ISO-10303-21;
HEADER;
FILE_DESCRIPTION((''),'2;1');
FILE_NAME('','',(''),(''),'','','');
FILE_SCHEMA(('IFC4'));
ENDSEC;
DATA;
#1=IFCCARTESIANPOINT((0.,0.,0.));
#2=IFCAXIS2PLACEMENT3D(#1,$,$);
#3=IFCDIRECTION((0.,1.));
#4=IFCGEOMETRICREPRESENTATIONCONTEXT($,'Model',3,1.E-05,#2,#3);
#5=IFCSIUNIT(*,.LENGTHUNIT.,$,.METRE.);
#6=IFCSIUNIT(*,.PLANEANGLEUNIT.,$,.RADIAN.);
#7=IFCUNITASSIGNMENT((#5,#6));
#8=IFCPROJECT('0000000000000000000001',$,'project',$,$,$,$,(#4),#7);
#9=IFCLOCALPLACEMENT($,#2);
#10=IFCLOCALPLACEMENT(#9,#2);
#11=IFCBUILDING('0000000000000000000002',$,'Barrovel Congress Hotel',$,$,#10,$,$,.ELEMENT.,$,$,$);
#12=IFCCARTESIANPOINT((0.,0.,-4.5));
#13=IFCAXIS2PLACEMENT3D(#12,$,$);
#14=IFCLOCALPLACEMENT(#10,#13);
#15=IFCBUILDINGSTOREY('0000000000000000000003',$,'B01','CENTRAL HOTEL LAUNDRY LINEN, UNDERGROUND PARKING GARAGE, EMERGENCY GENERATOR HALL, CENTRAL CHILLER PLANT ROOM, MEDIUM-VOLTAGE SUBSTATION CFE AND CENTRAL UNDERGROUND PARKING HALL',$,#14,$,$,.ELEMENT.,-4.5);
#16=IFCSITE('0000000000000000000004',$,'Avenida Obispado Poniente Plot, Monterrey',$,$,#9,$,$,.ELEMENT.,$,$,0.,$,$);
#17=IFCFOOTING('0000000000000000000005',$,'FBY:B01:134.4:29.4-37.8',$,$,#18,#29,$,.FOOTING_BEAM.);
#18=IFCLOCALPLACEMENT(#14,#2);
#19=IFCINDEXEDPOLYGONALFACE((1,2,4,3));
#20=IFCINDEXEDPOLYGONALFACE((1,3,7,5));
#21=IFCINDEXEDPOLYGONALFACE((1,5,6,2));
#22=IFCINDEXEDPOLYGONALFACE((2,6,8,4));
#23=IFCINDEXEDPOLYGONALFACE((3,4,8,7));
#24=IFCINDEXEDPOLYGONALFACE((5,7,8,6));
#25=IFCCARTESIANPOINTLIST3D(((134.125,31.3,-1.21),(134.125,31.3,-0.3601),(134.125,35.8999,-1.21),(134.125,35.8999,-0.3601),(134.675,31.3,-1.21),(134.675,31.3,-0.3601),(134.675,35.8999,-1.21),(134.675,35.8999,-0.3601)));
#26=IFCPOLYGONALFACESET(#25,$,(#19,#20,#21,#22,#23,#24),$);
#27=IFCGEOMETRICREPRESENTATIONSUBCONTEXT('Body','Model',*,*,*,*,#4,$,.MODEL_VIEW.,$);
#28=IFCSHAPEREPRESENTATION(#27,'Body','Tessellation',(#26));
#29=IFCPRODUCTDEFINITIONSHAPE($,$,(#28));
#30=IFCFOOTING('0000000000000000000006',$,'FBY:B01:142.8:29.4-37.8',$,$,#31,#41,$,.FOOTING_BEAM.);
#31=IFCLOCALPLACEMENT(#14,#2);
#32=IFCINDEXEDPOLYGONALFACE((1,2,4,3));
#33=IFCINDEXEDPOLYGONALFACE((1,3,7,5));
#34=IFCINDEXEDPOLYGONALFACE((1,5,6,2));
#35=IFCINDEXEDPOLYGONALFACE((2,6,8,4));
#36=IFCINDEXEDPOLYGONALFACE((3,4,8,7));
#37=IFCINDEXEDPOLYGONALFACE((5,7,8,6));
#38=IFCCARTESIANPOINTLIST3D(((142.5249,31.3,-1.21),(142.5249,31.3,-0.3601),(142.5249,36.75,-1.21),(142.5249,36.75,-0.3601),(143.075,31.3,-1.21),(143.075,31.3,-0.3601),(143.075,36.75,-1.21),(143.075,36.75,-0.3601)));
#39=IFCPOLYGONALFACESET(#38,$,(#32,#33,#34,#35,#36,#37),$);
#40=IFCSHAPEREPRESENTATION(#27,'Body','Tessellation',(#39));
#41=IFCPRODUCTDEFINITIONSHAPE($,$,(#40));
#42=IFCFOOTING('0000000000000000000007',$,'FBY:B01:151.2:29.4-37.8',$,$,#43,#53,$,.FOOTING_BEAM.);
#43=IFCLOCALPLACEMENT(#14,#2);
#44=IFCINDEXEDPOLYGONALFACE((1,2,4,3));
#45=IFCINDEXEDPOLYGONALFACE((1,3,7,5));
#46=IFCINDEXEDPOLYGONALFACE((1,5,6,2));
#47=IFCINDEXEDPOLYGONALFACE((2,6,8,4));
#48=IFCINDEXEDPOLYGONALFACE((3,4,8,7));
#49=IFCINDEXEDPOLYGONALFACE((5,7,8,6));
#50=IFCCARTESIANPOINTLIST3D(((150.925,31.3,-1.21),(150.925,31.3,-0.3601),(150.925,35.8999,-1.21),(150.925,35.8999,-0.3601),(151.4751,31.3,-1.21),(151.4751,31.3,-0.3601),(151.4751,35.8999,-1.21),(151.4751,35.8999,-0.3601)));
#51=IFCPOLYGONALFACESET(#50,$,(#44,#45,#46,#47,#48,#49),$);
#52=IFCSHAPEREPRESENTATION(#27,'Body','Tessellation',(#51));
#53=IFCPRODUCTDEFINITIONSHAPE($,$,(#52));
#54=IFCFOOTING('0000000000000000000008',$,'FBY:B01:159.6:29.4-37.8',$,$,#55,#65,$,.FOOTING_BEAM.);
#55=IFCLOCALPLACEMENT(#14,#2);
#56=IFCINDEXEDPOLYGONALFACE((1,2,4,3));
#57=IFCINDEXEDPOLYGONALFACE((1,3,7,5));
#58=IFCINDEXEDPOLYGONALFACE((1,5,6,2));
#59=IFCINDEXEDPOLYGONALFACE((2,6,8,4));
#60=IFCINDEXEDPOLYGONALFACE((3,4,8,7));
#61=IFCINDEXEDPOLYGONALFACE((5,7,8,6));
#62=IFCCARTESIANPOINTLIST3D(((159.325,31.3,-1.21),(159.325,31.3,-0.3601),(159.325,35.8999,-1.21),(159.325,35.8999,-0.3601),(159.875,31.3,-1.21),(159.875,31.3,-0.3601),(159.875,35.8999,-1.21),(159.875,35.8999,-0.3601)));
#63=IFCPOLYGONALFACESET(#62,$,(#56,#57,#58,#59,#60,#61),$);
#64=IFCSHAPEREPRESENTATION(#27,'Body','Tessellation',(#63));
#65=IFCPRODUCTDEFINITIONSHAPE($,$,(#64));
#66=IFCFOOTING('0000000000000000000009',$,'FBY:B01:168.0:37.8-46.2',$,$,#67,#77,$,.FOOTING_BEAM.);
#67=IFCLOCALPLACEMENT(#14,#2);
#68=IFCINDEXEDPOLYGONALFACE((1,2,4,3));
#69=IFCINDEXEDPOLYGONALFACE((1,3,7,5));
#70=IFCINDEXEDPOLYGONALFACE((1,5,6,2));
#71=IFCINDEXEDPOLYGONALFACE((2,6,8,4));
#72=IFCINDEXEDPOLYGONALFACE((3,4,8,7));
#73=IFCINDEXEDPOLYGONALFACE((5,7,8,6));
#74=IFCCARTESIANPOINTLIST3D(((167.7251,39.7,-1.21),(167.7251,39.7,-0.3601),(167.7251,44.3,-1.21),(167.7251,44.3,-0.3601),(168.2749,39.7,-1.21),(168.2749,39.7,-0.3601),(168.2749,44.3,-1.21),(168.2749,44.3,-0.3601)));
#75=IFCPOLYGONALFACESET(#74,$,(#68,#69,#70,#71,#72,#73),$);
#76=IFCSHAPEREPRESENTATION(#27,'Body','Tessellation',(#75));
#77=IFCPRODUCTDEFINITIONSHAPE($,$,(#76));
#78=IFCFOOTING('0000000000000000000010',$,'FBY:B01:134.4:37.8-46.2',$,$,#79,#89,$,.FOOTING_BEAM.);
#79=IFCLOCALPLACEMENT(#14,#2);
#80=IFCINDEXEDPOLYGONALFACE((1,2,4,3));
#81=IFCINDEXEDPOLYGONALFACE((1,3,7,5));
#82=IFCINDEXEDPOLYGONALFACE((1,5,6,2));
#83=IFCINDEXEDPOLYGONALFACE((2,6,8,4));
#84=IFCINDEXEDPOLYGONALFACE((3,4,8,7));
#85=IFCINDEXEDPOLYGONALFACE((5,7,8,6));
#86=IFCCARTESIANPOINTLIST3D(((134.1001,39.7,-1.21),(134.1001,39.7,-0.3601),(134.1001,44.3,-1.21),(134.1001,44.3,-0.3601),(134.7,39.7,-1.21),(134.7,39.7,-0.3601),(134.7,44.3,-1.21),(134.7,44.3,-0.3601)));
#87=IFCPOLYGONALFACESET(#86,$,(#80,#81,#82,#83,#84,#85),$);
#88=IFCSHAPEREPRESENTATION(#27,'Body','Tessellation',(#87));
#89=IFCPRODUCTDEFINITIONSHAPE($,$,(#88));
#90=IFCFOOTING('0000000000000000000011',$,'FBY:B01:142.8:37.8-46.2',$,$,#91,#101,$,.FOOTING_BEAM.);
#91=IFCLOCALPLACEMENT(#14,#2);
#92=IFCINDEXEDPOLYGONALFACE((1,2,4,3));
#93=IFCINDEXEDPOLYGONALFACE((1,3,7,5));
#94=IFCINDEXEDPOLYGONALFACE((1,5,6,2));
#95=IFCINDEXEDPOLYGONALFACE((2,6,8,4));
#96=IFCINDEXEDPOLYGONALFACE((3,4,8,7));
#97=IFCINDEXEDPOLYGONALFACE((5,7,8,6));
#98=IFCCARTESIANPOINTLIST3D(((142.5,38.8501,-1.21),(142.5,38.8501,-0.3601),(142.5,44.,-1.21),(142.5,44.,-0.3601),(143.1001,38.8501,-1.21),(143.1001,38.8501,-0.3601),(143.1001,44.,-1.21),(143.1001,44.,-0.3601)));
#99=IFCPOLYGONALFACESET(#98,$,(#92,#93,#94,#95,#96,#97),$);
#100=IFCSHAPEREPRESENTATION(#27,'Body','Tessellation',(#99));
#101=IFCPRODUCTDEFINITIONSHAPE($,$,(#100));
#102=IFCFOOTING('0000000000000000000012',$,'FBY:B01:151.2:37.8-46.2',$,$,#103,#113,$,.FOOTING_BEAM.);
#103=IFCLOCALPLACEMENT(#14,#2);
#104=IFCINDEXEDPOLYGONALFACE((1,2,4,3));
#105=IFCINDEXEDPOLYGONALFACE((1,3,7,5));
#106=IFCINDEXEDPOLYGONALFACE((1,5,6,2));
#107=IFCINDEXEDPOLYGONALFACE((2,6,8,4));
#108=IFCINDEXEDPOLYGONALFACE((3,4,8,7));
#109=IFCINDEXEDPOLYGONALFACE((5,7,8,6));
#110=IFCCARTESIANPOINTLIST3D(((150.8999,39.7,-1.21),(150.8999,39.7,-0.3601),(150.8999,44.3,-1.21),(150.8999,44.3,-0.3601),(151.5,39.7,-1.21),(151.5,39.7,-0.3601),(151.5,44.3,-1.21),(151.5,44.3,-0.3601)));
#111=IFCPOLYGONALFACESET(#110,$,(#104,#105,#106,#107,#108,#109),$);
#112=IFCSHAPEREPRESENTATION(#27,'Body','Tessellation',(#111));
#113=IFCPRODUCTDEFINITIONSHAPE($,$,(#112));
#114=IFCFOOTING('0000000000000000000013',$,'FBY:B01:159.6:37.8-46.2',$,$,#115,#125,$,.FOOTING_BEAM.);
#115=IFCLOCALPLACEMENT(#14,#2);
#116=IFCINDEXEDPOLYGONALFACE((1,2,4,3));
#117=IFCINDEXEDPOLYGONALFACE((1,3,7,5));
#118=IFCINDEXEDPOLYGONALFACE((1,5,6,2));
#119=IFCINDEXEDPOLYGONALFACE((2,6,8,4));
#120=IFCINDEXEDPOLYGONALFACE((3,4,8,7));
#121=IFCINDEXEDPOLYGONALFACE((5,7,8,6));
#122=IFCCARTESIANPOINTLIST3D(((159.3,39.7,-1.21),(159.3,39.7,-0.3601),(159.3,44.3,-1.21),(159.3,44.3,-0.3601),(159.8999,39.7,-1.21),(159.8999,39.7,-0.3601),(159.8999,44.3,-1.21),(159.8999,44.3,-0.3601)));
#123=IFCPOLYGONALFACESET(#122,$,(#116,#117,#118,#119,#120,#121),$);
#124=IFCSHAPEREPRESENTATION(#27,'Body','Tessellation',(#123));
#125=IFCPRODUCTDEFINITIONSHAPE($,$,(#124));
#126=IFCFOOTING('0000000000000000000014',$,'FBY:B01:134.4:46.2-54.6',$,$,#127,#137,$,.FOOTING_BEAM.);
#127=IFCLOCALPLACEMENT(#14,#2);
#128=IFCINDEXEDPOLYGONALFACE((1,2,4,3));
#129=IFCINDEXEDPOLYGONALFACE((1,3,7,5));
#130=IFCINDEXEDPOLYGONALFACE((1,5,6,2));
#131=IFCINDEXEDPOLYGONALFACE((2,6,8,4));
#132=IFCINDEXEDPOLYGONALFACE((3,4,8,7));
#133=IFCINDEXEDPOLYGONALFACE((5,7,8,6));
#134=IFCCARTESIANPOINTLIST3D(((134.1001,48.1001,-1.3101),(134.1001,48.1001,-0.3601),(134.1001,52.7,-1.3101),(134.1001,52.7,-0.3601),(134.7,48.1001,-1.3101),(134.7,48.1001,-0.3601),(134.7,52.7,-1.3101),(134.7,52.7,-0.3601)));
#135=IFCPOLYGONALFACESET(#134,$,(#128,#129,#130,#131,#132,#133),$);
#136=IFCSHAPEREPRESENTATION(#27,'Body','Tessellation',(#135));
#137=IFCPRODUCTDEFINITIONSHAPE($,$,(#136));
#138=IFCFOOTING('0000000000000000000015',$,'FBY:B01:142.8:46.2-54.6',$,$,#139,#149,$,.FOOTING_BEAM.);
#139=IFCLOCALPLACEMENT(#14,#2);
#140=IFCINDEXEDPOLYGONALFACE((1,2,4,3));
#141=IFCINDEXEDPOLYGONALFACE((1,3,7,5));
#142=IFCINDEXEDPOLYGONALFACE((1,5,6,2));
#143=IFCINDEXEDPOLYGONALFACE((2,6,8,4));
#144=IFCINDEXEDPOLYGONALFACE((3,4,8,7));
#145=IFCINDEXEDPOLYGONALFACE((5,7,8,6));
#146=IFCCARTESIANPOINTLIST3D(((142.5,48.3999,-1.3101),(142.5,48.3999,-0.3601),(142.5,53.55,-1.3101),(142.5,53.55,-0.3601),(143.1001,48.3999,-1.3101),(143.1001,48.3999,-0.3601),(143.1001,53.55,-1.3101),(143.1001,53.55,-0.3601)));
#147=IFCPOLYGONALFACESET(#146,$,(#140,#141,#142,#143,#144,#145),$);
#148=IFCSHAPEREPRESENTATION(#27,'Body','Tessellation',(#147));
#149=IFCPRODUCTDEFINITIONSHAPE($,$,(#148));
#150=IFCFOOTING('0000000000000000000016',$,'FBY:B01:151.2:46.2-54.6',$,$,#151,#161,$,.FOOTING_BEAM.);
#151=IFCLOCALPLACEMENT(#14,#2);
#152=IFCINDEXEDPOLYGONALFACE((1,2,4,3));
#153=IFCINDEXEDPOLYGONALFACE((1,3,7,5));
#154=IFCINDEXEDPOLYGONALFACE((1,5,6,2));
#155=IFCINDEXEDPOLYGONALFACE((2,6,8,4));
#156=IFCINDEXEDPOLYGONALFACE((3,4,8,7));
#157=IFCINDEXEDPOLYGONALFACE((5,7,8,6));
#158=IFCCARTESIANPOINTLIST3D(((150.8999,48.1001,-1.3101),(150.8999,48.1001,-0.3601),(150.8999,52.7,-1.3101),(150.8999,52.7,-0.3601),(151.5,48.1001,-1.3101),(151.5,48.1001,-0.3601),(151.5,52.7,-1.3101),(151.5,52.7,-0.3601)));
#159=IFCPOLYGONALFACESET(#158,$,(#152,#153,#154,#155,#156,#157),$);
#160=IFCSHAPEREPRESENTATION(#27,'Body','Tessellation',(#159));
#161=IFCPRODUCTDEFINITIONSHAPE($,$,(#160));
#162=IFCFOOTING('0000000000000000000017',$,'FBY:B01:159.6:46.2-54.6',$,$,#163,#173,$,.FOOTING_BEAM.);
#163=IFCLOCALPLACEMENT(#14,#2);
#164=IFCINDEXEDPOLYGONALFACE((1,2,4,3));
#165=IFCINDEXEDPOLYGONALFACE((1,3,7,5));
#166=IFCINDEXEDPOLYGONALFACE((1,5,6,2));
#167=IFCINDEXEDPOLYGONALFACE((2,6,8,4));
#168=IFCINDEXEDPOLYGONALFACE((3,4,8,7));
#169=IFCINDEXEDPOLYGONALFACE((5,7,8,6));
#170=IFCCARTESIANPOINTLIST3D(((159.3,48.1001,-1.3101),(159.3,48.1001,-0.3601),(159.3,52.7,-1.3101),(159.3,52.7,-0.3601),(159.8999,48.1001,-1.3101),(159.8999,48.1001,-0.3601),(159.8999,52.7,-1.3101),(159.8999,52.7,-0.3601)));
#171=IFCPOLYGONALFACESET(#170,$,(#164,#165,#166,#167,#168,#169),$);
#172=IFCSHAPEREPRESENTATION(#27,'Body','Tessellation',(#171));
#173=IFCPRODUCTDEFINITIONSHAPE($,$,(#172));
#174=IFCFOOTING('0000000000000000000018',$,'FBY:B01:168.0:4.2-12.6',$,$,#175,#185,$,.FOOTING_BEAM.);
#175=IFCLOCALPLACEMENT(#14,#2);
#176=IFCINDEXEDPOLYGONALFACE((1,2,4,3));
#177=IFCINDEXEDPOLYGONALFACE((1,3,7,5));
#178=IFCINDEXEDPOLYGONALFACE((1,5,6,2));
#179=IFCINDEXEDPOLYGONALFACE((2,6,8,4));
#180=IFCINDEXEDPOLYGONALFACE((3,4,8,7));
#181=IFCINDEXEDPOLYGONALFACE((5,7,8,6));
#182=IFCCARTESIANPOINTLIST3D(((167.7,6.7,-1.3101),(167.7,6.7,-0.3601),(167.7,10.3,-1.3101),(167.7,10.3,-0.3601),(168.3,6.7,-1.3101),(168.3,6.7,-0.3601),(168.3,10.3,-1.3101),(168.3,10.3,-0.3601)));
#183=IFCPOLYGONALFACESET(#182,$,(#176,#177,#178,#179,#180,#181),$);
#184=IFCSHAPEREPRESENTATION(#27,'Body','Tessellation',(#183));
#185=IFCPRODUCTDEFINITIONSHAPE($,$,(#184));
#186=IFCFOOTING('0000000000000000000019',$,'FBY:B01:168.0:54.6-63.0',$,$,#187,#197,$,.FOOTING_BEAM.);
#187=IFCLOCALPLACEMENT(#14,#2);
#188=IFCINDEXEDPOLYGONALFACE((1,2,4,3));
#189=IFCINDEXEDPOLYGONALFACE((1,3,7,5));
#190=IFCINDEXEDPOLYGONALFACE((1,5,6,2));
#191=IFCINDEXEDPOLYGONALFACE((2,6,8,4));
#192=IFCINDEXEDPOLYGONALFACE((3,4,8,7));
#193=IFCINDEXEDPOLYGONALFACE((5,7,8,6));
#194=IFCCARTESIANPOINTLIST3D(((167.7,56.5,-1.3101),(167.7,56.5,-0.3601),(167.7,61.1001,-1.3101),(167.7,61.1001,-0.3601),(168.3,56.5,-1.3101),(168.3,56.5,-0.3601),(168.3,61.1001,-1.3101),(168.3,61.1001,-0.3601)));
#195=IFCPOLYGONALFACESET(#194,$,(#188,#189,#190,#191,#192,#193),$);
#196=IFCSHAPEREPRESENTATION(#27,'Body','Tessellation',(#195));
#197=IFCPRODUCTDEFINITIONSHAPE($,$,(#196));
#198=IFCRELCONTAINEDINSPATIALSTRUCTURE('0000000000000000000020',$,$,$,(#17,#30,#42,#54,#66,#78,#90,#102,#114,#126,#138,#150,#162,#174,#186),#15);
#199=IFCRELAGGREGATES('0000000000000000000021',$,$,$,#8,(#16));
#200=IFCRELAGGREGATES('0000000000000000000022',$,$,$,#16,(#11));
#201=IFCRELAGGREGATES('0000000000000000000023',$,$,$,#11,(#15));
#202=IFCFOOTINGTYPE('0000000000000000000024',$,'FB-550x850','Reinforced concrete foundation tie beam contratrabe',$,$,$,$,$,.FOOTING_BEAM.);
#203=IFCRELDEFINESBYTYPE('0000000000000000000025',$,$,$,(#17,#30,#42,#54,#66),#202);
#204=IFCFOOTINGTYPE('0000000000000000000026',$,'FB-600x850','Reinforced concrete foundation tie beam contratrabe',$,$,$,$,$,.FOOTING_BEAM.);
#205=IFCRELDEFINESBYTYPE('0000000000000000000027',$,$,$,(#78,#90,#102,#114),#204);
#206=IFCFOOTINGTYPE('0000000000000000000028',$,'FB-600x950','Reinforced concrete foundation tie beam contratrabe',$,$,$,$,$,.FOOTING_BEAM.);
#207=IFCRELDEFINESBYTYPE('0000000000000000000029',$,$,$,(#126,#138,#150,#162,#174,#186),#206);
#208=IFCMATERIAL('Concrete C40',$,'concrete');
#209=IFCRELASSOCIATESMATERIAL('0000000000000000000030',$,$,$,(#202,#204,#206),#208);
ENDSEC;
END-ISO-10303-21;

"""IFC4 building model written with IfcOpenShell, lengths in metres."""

from ifc_helpers import new_model, si_unit, direction, frame, origin, place, context, subcontext, project, spatial, polyline, outline, extrude, material, type_object, element, save


model = new_model("IFC4")

# Units and contexts
model_context = context("Model", 3, precision=1e-05, world=origin(), true_north=direction((0.0, 1.0)))
body_context = subcontext(model_context, "Body", "Model", "MODEL_VIEW")
ifc_project = project(units=[si_unit("LENGTHUNIT", "METRE"), si_unit("PLANEANGLEUNIT", "RADIAN")], contexts=[model_context])

# Site, building, storey
site_placement = place(None, origin())
site = spatial("IfcSite", under=ifc_project, at=site_placement, Name="Avenida Obispado Poniente Plot, Monterrey", CompositionType="ELEMENT", RefElevation=0.0)
building_placement = place(site_placement, origin())
building = spatial("IfcBuilding", under=site, at=building_placement, Name="Barrovel Congress Hotel", CompositionType="ELEMENT")
storey_placement = place(building_placement, frame((0.0, 0.0, -4.5)))
storey = spatial("IfcBuildingStorey", under=building, at=storey_placement, Name="B01", Description="CENTRAL HOTEL LAUNDRY LINEN, UNDERGROUND PARKING GARAGE, EMERGENCY GENERATOR HALL, CENTRAL CHILLER PLANT ROOM, MEDIUM-VOLTAGE SUBSTATION CFE AND CENTRAL UNDERGROUND PARKING HALL", CompositionType="ELEMENT", Elevation=-4.5)

# Footings
ifc_material_1 = material(Name="Concrete C40", Category="concrete")
footing_type_1 = type_object("IfcFootingType", Name="FB-550x850", Description="Reinforced concrete foundation tie beam contratrabe", PredefinedType="FOOTING_BEAM", material=ifc_material_1)
footing_1_placement = place(storey_placement, frame((0.0, 0.0, -1.21)))
element("IfcFooting", 1, at=footing_1_placement, inside=storey, type_object=footing_type_1, Name="FBY:B01:134.4:29.4-37.8", PredefinedType="FOOTING_BEAM", context=body_context, shape_type="SweptSolid", body=[
    extrude(outline(polyline([(134.125, 31.3), (134.675, 31.3), (134.675, 35.8999), (134.125, 35.8999), (134.125, 31.3)])), origin(), (0.0, 0.0, 1.0), 0.8499),
])
footing_2_placement = place(storey_placement, frame((0.0, 0.0, -1.21)))
element("IfcFooting", 2, at=footing_2_placement, inside=storey, type_object=footing_type_1, Name="FBY:B01:142.8:29.4-37.8", PredefinedType="FOOTING_BEAM", context=body_context, shape_type="SweptSolid", body=[
    extrude(outline(polyline([(142.5249, 31.3), (143.075, 31.3), (143.075, 36.75), (142.5249, 36.75), (142.5249, 31.3)])), origin(), (0.0, 0.0, 1.0), 0.8499),
])
footing_3_placement = place(storey_placement, frame((0.0, 0.0, -1.21)))
element("IfcFooting", 3, at=footing_3_placement, inside=storey, type_object=footing_type_1, Name="FBY:B01:151.2:29.4-37.8", PredefinedType="FOOTING_BEAM", context=body_context, shape_type="SweptSolid", body=[
    extrude(outline(polyline([(150.925, 31.3), (151.4751, 31.3), (151.4751, 35.8999), (150.925, 35.8999), (150.925, 31.3)])), origin(), (0.0, 0.0, 1.0), 0.8499),
])
footing_4_placement = place(storey_placement, frame((0.0, 0.0, -1.21)))
element("IfcFooting", 4, at=footing_4_placement, inside=storey, type_object=footing_type_1, Name="FBY:B01:159.6:29.4-37.8", PredefinedType="FOOTING_BEAM", context=body_context, shape_type="SweptSolid", body=[
    extrude(outline(polyline([(159.325, 31.3), (159.875, 31.3), (159.875, 35.8999), (159.325, 35.8999), (159.325, 31.3)])), origin(), (0.0, 0.0, 1.0), 0.8499),
])
footing_5_placement = place(storey_placement, frame((0.0, 0.0, -1.21)))
element("IfcFooting", 5, at=footing_5_placement, inside=storey, type_object=footing_type_1, Name="FBY:B01:168.0:37.8-46.2", PredefinedType="FOOTING_BEAM", context=body_context, shape_type="SweptSolid", body=[
    extrude(outline(polyline([(167.7251, 39.7), (168.2749, 39.7), (168.2749, 44.3), (167.7251, 44.3), (167.7251, 39.7)])), origin(), (0.0, 0.0, 1.0), 0.8499),
])
footing_type_2 = type_object("IfcFootingType", Name="FB-600x850", Description="Reinforced concrete foundation tie beam contratrabe", PredefinedType="FOOTING_BEAM", material=ifc_material_1)
footing_6_placement = place(storey_placement, frame((0.0, 0.0, -1.21)))
element("IfcFooting", 6, at=footing_6_placement, inside=storey, type_object=footing_type_2, Name="FBY:B01:134.4:37.8-46.2", PredefinedType="FOOTING_BEAM", context=body_context, shape_type="SweptSolid", body=[
    extrude(outline(polyline([(134.1001, 39.7), (134.7, 39.7), (134.7, 44.3), (134.1001, 44.3), (134.1001, 39.7)])), origin(), (0.0, 0.0, 1.0), 0.8499),
])
footing_7_placement = place(storey_placement, frame((0.0, 0.0, -1.21)))
element("IfcFooting", 7, at=footing_7_placement, inside=storey, type_object=footing_type_2, Name="FBY:B01:142.8:37.8-46.2", PredefinedType="FOOTING_BEAM", context=body_context, shape_type="SweptSolid", body=[
    extrude(outline(polyline([(142.5, 38.8501), (143.1001, 38.8501), (143.1001, 44.0), (142.5, 44.0), (142.5, 38.8501)])), origin(), (0.0, 0.0, 1.0), 0.8499),
])
footing_8_placement = place(storey_placement, frame((0.0, 0.0, -1.21)))
element("IfcFooting", 8, at=footing_8_placement, inside=storey, type_object=footing_type_2, Name="FBY:B01:151.2:37.8-46.2", PredefinedType="FOOTING_BEAM", context=body_context, shape_type="SweptSolid", body=[
    extrude(outline(polyline([(150.8999, 39.7), (151.5, 39.7), (151.5, 44.3), (150.8999, 44.3), (150.8999, 39.7)])), origin(), (0.0, 0.0, 1.0), 0.8499),
])
footing_9_placement = place(storey_placement, frame((0.0, 0.0, -1.21)))
element("IfcFooting", 9, at=footing_9_placement, inside=storey, type_object=footing_type_2, Name="FBY:B01:159.6:37.8-46.2", PredefinedType="FOOTING_BEAM", context=body_context, shape_type="SweptSolid", body=[
    extrude(outline(polyline([(159.3, 39.7), (159.8999, 39.7), (159.8999, 44.3), (159.3, 44.3), (159.3, 39.7)])), origin(), (0.0, 0.0, 1.0), 0.8499),
])
footing_type_3 = type_object("IfcFootingType", Name="FB-600x950", Description="Reinforced concrete foundation tie beam contratrabe", PredefinedType="FOOTING_BEAM", material=ifc_material_1)
footing_10_placement = place(storey_placement, frame((0.0, 0.0, -1.3101)))
element("IfcFooting", 10, at=footing_10_placement, inside=storey, type_object=footing_type_3, Name="FBY:B01:134.4:46.2-54.6", PredefinedType="FOOTING_BEAM", context=body_context, shape_type="SweptSolid", body=[
    extrude(outline(polyline([(134.1001, 48.1001), (134.7, 48.1001), (134.7, 52.7), (134.1001, 52.7), (134.1001, 48.1001)])), origin(), (0.0, 0.0, 1.0), 0.95),
])
footing_11_placement = place(storey_placement, frame((0.0, 0.0, -1.3101)))
element("IfcFooting", 11, at=footing_11_placement, inside=storey, type_object=footing_type_3, Name="FBY:B01:142.8:46.2-54.6", PredefinedType="FOOTING_BEAM", context=body_context, shape_type="SweptSolid", body=[
    extrude(outline(polyline([(142.5, 48.3999), (143.1001, 48.3999), (143.1001, 53.55), (142.5, 53.55), (142.5, 48.3999)])), origin(), (0.0, 0.0, 1.0), 0.95),
])
footing_12_placement = place(storey_placement, frame((0.0, 0.0, -1.3101)))
element("IfcFooting", 12, at=footing_12_placement, inside=storey, type_object=footing_type_3, Name="FBY:B01:151.2:46.2-54.6", PredefinedType="FOOTING_BEAM", context=body_context, shape_type="SweptSolid", body=[
    extrude(outline(polyline([(150.8999, 48.1001), (151.5, 48.1001), (151.5, 52.7), (150.8999, 52.7), (150.8999, 48.1001)])), origin(), (0.0, 0.0, 1.0), 0.95),
])
footing_13_placement = place(storey_placement, frame((0.0, 0.0, -1.3101)))
element("IfcFooting", 13, at=footing_13_placement, inside=storey, type_object=footing_type_3, Name="FBY:B01:159.6:46.2-54.6", PredefinedType="FOOTING_BEAM", context=body_context, shape_type="SweptSolid", body=[
    extrude(outline(polyline([(159.3, 48.1001), (159.8999, 48.1001), (159.8999, 52.7), (159.3, 52.7), (159.3, 48.1001)])), origin(), (0.0, 0.0, 1.0), 0.95),
])
footing_14_placement = place(storey_placement, frame((0.0, 0.0, -1.3101)))
element("IfcFooting", 14, at=footing_14_placement, inside=storey, type_object=footing_type_3, Name="FBY:B01:168.0:4.2-12.6", PredefinedType="FOOTING_BEAM", context=body_context, shape_type="SweptSolid", body=[
    extrude(outline(polyline([(167.7, 6.7), (168.3, 6.7), (168.3, 10.3), (167.7, 10.3), (167.7, 6.7)])), origin(), (0.0, 0.0, 1.0), 0.95),
])
footing_15_placement = place(storey_placement, frame((0.0, 0.0, -1.3101)))
element("IfcFooting", 15, at=footing_15_placement, inside=storey, type_object=footing_type_3, Name="FBY:B01:168.0:54.6-63.0", PredefinedType="FOOTING_BEAM", context=body_context, shape_type="SweptSolid", body=[
    extrude(outline(polyline([(167.7, 56.5), (168.3, 56.5), (168.3, 61.1001), (167.7, 61.1001), (167.7, 56.5)])), origin(), (0.0, 0.0, 1.0), 0.95),
])

save(model, "model.ifc")
